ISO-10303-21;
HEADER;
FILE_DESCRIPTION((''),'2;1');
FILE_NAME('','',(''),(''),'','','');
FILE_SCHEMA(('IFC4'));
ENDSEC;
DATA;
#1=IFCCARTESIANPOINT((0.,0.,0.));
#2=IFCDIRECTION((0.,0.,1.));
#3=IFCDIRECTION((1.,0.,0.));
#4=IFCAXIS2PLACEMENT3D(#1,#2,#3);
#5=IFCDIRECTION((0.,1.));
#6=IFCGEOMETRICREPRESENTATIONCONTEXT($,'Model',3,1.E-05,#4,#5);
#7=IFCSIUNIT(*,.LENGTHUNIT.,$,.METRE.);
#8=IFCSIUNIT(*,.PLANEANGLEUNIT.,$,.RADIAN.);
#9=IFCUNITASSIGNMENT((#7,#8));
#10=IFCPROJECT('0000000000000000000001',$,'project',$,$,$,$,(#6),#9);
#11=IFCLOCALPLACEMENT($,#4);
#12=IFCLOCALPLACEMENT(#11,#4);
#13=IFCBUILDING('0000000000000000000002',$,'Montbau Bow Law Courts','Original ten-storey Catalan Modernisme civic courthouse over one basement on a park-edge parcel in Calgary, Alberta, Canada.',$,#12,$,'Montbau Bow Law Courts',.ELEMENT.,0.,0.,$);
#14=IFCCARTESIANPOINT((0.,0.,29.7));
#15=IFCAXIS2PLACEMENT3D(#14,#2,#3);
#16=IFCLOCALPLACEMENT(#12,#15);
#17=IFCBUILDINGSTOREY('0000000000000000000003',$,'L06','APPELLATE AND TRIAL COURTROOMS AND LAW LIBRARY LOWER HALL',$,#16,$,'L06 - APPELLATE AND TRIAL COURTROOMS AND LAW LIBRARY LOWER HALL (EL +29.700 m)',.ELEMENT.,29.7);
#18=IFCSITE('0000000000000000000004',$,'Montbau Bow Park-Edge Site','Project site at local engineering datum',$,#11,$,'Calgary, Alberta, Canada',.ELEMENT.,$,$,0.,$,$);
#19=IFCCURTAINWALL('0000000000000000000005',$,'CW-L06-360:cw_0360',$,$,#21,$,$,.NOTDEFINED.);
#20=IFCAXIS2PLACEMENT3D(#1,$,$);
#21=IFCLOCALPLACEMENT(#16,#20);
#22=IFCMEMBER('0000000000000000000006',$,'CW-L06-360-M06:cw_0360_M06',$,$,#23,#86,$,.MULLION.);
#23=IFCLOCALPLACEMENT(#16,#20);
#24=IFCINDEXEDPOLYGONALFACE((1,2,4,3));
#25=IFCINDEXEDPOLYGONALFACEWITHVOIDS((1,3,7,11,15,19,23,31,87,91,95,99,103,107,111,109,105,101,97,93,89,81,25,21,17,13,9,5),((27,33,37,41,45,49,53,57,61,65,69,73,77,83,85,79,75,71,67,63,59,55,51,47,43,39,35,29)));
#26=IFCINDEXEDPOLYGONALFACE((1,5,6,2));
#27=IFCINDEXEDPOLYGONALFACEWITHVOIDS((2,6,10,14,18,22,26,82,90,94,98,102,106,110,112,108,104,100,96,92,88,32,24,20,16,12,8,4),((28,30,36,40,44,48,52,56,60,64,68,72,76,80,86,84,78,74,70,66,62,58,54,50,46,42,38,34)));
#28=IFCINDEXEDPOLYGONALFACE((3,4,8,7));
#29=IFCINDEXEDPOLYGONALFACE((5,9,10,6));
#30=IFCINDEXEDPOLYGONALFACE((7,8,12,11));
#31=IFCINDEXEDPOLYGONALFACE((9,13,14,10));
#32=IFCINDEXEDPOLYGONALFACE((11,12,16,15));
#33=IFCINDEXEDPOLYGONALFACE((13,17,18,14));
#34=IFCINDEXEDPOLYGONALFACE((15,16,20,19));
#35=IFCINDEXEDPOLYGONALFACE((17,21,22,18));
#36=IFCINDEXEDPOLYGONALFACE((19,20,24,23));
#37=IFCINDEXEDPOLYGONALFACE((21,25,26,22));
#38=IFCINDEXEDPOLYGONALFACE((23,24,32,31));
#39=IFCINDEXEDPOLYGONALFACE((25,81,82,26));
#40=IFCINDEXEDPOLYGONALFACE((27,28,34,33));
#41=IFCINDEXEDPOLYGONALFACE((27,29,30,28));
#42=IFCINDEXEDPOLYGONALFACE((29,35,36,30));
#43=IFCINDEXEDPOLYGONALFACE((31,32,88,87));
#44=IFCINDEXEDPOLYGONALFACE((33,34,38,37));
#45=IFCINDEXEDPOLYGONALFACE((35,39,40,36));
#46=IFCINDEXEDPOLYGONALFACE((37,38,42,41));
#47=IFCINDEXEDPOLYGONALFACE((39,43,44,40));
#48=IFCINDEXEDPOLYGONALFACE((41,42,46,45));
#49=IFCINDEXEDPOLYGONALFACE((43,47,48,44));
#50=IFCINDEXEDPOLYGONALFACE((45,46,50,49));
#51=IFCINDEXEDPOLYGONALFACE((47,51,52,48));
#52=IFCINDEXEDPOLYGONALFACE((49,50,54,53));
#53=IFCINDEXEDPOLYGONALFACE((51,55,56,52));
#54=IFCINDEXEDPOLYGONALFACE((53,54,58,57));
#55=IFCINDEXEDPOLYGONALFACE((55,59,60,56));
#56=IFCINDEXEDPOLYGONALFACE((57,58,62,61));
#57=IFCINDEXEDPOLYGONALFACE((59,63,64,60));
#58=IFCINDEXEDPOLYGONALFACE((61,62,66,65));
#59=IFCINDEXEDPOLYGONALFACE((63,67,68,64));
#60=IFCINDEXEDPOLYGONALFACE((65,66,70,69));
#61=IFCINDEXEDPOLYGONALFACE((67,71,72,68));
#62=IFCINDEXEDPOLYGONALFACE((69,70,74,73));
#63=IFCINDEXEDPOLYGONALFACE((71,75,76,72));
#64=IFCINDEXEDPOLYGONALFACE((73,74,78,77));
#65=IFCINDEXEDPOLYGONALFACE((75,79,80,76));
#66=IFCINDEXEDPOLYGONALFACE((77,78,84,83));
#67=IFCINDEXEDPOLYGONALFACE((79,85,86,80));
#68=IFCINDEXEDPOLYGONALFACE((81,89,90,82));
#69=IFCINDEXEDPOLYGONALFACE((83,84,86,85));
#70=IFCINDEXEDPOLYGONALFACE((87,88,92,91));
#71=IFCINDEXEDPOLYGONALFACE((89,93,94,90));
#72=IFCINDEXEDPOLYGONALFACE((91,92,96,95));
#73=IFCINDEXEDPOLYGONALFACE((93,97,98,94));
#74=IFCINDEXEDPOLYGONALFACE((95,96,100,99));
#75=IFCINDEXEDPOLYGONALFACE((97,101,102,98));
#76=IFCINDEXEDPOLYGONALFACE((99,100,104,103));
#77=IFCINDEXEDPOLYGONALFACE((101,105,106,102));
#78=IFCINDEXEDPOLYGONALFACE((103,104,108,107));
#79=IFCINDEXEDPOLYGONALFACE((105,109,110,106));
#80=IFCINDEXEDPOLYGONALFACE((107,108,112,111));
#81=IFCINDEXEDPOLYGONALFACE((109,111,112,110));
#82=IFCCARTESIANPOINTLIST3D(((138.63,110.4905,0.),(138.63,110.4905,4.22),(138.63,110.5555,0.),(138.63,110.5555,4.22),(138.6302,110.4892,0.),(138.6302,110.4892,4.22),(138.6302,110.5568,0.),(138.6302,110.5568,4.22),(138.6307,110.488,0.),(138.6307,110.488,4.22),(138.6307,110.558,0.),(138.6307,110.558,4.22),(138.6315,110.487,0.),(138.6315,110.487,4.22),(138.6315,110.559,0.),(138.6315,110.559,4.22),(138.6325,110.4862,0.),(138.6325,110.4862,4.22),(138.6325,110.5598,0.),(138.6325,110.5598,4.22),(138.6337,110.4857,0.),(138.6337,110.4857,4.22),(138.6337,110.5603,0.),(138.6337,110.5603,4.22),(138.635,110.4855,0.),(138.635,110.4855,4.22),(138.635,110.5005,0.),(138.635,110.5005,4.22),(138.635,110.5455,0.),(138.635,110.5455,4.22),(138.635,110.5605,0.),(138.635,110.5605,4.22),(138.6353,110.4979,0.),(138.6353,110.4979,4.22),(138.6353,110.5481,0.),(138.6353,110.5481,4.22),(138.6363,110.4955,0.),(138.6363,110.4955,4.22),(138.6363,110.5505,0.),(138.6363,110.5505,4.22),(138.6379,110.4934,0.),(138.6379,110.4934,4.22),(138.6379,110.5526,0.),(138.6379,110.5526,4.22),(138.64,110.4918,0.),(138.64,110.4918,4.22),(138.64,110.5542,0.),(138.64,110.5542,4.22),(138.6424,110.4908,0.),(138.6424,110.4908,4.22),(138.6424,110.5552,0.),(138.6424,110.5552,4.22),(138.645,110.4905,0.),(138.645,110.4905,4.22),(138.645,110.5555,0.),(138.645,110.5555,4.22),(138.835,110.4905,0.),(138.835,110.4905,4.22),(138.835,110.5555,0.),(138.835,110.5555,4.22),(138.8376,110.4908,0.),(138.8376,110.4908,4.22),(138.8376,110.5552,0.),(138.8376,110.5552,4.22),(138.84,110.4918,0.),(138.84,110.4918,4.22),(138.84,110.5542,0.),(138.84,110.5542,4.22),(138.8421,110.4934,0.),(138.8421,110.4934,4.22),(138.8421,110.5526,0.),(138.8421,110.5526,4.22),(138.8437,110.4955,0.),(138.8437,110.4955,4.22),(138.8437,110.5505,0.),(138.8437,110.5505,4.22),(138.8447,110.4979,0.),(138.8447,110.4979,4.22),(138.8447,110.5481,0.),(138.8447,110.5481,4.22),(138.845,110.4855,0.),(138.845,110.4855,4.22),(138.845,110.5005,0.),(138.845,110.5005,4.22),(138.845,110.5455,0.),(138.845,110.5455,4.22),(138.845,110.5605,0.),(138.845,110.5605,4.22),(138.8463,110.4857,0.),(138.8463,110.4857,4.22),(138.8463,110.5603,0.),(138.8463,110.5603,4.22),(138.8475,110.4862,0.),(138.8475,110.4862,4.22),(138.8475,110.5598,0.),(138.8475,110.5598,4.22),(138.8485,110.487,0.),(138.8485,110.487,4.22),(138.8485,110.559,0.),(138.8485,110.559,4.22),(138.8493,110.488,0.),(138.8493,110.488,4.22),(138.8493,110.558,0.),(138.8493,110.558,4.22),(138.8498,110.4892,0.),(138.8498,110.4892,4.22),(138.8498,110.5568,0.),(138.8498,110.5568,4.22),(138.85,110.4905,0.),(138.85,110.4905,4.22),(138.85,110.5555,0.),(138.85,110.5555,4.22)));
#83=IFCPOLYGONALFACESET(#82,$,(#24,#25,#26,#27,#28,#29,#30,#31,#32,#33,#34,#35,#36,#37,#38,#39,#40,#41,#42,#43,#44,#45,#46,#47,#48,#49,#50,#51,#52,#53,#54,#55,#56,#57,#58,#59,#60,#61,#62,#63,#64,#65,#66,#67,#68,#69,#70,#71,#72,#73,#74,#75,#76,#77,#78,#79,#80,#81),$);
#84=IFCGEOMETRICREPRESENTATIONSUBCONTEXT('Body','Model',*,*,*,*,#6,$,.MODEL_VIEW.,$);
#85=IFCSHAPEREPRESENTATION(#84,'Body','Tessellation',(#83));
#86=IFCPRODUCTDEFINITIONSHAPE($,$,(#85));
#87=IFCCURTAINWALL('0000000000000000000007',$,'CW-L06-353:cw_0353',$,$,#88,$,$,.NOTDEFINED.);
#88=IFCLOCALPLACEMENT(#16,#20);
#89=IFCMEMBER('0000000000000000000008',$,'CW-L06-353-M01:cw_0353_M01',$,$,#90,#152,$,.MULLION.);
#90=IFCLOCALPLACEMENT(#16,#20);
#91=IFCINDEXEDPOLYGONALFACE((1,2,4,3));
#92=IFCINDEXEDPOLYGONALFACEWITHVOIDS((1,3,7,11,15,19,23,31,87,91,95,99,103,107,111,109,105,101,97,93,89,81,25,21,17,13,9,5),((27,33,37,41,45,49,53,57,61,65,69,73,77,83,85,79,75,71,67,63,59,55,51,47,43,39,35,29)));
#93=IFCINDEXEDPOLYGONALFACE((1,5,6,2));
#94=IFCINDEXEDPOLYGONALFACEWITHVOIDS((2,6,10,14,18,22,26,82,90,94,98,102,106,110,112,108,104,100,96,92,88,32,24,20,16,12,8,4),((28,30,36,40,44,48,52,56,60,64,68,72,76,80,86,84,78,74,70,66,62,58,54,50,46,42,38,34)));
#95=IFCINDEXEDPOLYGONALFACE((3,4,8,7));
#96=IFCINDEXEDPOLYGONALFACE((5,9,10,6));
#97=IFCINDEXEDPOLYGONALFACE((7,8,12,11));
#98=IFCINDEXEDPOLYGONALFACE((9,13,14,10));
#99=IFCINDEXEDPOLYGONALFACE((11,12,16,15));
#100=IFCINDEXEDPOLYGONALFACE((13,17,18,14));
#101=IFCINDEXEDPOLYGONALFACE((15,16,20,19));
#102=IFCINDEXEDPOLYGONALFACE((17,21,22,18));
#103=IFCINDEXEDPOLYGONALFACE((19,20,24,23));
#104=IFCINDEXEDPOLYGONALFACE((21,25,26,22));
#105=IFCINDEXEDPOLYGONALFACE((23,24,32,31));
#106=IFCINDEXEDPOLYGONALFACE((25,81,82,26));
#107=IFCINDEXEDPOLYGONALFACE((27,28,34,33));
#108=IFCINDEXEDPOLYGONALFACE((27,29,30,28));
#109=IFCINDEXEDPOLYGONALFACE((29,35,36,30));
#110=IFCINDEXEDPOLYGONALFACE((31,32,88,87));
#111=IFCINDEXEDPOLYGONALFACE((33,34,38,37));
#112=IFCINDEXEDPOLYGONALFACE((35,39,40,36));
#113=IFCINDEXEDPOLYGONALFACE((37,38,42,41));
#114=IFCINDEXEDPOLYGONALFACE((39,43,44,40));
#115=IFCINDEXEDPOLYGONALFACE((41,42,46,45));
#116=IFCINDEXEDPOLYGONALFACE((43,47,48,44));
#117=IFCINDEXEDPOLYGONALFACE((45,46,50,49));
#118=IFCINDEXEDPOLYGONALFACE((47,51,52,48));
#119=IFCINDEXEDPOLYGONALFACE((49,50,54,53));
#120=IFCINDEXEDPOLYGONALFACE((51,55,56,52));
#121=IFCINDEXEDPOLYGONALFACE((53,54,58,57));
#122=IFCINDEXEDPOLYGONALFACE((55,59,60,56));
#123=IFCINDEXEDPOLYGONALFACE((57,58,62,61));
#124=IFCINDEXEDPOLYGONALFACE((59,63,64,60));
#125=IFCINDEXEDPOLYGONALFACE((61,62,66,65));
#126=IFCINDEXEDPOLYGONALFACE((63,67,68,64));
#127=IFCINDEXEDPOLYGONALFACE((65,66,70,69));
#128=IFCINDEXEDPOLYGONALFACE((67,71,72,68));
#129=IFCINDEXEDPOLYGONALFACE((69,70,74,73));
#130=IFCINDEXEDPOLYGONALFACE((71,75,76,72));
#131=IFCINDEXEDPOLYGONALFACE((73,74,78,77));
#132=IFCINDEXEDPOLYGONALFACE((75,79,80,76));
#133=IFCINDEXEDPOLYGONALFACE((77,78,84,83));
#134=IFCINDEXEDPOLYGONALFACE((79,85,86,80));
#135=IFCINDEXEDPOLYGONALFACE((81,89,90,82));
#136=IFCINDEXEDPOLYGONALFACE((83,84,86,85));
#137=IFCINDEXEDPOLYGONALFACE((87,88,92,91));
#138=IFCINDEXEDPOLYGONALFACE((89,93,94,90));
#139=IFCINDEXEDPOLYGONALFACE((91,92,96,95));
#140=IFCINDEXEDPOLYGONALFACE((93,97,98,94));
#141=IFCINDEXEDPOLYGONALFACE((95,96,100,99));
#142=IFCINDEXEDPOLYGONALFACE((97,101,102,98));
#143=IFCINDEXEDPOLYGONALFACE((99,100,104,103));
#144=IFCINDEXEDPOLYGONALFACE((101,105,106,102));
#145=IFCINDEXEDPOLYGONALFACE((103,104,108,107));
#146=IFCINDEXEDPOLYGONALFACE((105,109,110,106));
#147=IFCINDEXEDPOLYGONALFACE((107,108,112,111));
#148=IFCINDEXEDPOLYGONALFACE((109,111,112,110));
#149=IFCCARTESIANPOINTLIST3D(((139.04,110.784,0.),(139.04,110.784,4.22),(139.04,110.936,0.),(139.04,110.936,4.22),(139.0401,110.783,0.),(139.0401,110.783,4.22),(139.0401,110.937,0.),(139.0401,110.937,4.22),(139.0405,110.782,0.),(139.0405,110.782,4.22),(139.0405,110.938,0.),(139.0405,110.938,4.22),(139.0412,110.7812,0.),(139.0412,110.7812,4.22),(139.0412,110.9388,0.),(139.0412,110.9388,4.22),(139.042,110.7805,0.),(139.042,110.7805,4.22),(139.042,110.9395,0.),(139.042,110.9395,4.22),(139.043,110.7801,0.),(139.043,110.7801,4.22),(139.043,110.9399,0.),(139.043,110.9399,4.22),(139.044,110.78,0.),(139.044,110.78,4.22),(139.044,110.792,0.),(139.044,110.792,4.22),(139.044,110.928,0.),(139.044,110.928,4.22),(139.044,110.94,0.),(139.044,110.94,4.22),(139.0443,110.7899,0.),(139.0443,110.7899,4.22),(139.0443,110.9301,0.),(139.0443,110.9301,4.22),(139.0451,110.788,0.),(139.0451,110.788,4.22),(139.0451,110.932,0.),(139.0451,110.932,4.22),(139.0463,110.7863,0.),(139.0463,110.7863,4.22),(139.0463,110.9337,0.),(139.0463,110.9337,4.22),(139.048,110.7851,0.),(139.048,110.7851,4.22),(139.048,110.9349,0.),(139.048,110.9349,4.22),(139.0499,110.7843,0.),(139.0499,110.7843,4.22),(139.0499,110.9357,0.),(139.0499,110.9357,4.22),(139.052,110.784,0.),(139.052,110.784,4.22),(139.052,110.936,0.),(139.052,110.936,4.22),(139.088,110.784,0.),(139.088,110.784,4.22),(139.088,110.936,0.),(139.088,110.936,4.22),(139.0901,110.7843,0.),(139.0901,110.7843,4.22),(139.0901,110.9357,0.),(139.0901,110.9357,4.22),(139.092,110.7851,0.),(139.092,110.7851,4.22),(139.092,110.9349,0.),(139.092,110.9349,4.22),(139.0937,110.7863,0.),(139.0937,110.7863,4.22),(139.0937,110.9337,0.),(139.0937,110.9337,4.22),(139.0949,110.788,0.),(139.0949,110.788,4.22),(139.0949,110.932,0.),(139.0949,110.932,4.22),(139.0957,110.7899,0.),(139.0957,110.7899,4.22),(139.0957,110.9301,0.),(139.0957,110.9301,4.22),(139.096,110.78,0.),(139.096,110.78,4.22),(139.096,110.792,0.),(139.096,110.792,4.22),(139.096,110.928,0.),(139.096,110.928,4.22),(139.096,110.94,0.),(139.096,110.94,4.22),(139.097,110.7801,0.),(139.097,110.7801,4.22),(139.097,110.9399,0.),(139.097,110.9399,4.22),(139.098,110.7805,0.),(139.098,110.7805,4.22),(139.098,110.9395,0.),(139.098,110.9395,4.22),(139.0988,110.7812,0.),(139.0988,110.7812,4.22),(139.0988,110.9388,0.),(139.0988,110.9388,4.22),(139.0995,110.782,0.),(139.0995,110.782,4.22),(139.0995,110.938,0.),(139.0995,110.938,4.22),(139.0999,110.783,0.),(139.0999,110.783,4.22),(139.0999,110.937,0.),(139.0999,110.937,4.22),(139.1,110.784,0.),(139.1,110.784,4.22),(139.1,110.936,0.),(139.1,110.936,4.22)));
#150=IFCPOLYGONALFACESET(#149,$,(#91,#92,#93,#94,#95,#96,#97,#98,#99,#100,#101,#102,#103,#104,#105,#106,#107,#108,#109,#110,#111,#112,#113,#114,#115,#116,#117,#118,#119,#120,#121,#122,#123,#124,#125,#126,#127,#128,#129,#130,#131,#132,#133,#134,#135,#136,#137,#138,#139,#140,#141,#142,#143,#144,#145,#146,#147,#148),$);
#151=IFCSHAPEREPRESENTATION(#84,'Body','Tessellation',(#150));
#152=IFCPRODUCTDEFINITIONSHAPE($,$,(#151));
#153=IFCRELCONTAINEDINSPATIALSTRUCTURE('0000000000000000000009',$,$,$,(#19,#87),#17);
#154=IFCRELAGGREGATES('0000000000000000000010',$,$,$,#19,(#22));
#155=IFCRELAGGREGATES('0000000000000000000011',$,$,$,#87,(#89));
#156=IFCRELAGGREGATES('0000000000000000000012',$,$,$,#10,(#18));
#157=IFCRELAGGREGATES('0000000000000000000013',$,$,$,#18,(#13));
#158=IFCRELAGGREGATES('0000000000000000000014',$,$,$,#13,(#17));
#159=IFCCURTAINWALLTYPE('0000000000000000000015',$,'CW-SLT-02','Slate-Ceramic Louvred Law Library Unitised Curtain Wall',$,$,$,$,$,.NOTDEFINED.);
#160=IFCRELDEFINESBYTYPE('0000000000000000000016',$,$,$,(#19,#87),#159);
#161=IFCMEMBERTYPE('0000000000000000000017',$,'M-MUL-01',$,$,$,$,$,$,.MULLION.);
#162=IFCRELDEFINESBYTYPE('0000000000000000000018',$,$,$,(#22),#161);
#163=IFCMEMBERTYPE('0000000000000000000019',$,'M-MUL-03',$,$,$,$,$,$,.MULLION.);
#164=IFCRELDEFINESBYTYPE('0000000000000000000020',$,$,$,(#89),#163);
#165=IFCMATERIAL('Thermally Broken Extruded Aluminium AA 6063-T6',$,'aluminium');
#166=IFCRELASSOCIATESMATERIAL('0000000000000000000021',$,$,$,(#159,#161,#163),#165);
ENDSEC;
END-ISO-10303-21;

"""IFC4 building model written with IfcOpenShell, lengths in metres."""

from ifc_helpers import new_model, si_unit, direction, frame, origin_with_axes, origin_2d_with_axis, place, context, subcontext, project, spatial, hollow_rectangle, extrude, material, material_profile, profile_set, type_object, element, aggregate, save


model = new_model("IFC4")

# Units and contexts
model_context = context("Model", 3, precision=1e-05, world=origin_with_axes(), true_north=direction((0.0, 1.0)))
body_context = subcontext(model_context, "Body", "Model", "MODEL_VIEW")
ifc_project = project(units=[si_unit("LENGTHUNIT", "METRE"), si_unit("PLANEANGLEUNIT", "RADIAN")], contexts=[model_context])

# Site, building, storey
site_placement = place(None, origin_with_axes())
site = spatial("IfcSite", under=ifc_project, at=site_placement, Name="Montbau Bow Park-Edge Site", Description="Project site at local engineering datum", LongName="Calgary, Alberta, Canada", CompositionType="ELEMENT", RefElevation=0.0)
building_placement = place(site_placement, origin_with_axes())
building = spatial("IfcBuilding", under=site, at=building_placement, Name="Montbau Bow Law Courts", Description="Original ten-storey Catalan Modernisme civic courthouse over one basement on a park-edge parcel in Calgary, Alberta, Canada.", LongName="Montbau Bow Law Courts", CompositionType="ELEMENT", ElevationOfRefHeight=0.0, ElevationOfTerrain=0.0)
storey_placement = place(building_placement, frame((0.0, 0.0, 29.7), z_axis=(0.0, 0.0, 1.0), x_axis=(1.0, 0.0, 0.0)))
storey = spatial("IfcBuildingStorey", under=building, at=storey_placement, Name="L06", Description="APPELLATE AND TRIAL COURTROOMS AND LAW LIBRARY LOWER HALL", LongName="L06 - APPELLATE AND TRIAL COURTROOMS AND LAW LIBRARY LOWER HALL (EL +29.700 m)", CompositionType="ELEMENT", Elevation=29.7)

# Curtain wall, member
ifc_material_1 = material(Name="Thermally Broken Extruded Aluminium AA 6063-T6", Category="aluminium")
curtain_wall_type = type_object("IfcCurtainWallType", Name="CW-SLT-02", Description="Slate-Ceramic Louvred Law Library Unitised Curtain Wall", PredefinedType="NOTDEFINED", material=ifc_material_1)
curtain_wall_1_placement = place(None, frame((138.74, 103.64, 29.7), z_axis=(0.0, 0.0, 1.0), x_axis=(1.0, 0.0, 0.0)))
curtain_wall_1 = element("IfcCurtainWall", 1, at=curtain_wall_1_placement, inside=storey, type_object=curtain_wall_type, Name="CW-L06-360:cw_0360", PredefinedType="NOTDEFINED")
ifc_material_profile_1 = material_profile(ifc_material_1, hollow_rectangle(XDim=0.075, YDim=0.22, WallThickness=0.005, InnerFilletRadius=0.01, OuterFilletRadius=0.005, at=origin_2d_with_axis()), Name="CWM-220X75", Category="Main", Priority=0)
ifc_profile_set_1 = profile_set([ifc_material_profile_1], Name="Thermally Broken Extruded Aluminium AA 6063-T6")
member_type_1 = type_object("IfcMemberType", Name="M-MUL-01", PredefinedType="MULLION", material=ifc_profile_set_1)
member_1_placement = place(None, frame((138.74, 110.523, 29.7), z_axis=(0.0, 0.0, 1.0), x_axis=(0.0, 1.0, 0.0)))
member_1 = element("IfcMember", 2, at=member_1_placement, type_object=member_type_1, Name="CW-L06-360-M06:cw_0360_M06", PredefinedType="MULLION", context=body_context, shape_type="SweptSolid", body=[
    extrude(hollow_rectangle(XDim=0.075, YDim=0.22, WallThickness=0.005, InnerFilletRadius=0.01, OuterFilletRadius=0.005, at=origin_2d_with_axis()), origin_with_axes(), (0.0, 0.0, 1.0), 4.22),
])

# Curtain wall, member
curtain_wall_2_placement = place(None, frame((139.04, 110.86, 29.7), z_axis=(0.0, 0.0, 1.0), x_axis=(1.0, 0.0, 0.0)))
curtain_wall_2 = element("IfcCurtainWall", 3, at=curtain_wall_2_placement, inside=storey, type_object=curtain_wall_type, Name="CW-L06-353:cw_0353", PredefinedType="NOTDEFINED")
ifc_material_profile_2 = material_profile(ifc_material_1, hollow_rectangle(XDim=0.06, YDim=0.16, WallThickness=0.004, InnerFilletRadius=0.008, OuterFilletRadius=0.004, at=origin_2d_with_axis()), Name="CWM-160X60", Category="Main", Priority=0)
ifc_profile_set_2 = profile_set([ifc_material_profile_2], Name="Thermally Broken Extruded Aluminium AA 6063-T6")
member_type_2 = type_object("IfcMemberType", Name="M-MUL-03", PredefinedType="MULLION", material=ifc_profile_set_2)
member_2_placement = place(None, frame((139.07, 110.86, 29.7), z_axis=(0.0, 0.0, 1.0), x_axis=(1.0, 0.0, 0.0)))
member_2 = element("IfcMember", 4, at=member_2_placement, type_object=member_type_2, Name="CW-L06-353-M01:cw_0353_M01", PredefinedType="MULLION", context=body_context, shape_type="SweptSolid", body=[
    extrude(hollow_rectangle(XDim=0.06, YDim=0.16, WallThickness=0.004, InnerFilletRadius=0.008, OuterFilletRadius=0.004, at=origin_2d_with_axis()), origin_with_axes(), (0.0, 0.0, 1.0), 4.22),
])

aggregate(curtain_wall_1, [member_1])
aggregate(curtain_wall_2, [member_2])

save(model, "model.ifc")
